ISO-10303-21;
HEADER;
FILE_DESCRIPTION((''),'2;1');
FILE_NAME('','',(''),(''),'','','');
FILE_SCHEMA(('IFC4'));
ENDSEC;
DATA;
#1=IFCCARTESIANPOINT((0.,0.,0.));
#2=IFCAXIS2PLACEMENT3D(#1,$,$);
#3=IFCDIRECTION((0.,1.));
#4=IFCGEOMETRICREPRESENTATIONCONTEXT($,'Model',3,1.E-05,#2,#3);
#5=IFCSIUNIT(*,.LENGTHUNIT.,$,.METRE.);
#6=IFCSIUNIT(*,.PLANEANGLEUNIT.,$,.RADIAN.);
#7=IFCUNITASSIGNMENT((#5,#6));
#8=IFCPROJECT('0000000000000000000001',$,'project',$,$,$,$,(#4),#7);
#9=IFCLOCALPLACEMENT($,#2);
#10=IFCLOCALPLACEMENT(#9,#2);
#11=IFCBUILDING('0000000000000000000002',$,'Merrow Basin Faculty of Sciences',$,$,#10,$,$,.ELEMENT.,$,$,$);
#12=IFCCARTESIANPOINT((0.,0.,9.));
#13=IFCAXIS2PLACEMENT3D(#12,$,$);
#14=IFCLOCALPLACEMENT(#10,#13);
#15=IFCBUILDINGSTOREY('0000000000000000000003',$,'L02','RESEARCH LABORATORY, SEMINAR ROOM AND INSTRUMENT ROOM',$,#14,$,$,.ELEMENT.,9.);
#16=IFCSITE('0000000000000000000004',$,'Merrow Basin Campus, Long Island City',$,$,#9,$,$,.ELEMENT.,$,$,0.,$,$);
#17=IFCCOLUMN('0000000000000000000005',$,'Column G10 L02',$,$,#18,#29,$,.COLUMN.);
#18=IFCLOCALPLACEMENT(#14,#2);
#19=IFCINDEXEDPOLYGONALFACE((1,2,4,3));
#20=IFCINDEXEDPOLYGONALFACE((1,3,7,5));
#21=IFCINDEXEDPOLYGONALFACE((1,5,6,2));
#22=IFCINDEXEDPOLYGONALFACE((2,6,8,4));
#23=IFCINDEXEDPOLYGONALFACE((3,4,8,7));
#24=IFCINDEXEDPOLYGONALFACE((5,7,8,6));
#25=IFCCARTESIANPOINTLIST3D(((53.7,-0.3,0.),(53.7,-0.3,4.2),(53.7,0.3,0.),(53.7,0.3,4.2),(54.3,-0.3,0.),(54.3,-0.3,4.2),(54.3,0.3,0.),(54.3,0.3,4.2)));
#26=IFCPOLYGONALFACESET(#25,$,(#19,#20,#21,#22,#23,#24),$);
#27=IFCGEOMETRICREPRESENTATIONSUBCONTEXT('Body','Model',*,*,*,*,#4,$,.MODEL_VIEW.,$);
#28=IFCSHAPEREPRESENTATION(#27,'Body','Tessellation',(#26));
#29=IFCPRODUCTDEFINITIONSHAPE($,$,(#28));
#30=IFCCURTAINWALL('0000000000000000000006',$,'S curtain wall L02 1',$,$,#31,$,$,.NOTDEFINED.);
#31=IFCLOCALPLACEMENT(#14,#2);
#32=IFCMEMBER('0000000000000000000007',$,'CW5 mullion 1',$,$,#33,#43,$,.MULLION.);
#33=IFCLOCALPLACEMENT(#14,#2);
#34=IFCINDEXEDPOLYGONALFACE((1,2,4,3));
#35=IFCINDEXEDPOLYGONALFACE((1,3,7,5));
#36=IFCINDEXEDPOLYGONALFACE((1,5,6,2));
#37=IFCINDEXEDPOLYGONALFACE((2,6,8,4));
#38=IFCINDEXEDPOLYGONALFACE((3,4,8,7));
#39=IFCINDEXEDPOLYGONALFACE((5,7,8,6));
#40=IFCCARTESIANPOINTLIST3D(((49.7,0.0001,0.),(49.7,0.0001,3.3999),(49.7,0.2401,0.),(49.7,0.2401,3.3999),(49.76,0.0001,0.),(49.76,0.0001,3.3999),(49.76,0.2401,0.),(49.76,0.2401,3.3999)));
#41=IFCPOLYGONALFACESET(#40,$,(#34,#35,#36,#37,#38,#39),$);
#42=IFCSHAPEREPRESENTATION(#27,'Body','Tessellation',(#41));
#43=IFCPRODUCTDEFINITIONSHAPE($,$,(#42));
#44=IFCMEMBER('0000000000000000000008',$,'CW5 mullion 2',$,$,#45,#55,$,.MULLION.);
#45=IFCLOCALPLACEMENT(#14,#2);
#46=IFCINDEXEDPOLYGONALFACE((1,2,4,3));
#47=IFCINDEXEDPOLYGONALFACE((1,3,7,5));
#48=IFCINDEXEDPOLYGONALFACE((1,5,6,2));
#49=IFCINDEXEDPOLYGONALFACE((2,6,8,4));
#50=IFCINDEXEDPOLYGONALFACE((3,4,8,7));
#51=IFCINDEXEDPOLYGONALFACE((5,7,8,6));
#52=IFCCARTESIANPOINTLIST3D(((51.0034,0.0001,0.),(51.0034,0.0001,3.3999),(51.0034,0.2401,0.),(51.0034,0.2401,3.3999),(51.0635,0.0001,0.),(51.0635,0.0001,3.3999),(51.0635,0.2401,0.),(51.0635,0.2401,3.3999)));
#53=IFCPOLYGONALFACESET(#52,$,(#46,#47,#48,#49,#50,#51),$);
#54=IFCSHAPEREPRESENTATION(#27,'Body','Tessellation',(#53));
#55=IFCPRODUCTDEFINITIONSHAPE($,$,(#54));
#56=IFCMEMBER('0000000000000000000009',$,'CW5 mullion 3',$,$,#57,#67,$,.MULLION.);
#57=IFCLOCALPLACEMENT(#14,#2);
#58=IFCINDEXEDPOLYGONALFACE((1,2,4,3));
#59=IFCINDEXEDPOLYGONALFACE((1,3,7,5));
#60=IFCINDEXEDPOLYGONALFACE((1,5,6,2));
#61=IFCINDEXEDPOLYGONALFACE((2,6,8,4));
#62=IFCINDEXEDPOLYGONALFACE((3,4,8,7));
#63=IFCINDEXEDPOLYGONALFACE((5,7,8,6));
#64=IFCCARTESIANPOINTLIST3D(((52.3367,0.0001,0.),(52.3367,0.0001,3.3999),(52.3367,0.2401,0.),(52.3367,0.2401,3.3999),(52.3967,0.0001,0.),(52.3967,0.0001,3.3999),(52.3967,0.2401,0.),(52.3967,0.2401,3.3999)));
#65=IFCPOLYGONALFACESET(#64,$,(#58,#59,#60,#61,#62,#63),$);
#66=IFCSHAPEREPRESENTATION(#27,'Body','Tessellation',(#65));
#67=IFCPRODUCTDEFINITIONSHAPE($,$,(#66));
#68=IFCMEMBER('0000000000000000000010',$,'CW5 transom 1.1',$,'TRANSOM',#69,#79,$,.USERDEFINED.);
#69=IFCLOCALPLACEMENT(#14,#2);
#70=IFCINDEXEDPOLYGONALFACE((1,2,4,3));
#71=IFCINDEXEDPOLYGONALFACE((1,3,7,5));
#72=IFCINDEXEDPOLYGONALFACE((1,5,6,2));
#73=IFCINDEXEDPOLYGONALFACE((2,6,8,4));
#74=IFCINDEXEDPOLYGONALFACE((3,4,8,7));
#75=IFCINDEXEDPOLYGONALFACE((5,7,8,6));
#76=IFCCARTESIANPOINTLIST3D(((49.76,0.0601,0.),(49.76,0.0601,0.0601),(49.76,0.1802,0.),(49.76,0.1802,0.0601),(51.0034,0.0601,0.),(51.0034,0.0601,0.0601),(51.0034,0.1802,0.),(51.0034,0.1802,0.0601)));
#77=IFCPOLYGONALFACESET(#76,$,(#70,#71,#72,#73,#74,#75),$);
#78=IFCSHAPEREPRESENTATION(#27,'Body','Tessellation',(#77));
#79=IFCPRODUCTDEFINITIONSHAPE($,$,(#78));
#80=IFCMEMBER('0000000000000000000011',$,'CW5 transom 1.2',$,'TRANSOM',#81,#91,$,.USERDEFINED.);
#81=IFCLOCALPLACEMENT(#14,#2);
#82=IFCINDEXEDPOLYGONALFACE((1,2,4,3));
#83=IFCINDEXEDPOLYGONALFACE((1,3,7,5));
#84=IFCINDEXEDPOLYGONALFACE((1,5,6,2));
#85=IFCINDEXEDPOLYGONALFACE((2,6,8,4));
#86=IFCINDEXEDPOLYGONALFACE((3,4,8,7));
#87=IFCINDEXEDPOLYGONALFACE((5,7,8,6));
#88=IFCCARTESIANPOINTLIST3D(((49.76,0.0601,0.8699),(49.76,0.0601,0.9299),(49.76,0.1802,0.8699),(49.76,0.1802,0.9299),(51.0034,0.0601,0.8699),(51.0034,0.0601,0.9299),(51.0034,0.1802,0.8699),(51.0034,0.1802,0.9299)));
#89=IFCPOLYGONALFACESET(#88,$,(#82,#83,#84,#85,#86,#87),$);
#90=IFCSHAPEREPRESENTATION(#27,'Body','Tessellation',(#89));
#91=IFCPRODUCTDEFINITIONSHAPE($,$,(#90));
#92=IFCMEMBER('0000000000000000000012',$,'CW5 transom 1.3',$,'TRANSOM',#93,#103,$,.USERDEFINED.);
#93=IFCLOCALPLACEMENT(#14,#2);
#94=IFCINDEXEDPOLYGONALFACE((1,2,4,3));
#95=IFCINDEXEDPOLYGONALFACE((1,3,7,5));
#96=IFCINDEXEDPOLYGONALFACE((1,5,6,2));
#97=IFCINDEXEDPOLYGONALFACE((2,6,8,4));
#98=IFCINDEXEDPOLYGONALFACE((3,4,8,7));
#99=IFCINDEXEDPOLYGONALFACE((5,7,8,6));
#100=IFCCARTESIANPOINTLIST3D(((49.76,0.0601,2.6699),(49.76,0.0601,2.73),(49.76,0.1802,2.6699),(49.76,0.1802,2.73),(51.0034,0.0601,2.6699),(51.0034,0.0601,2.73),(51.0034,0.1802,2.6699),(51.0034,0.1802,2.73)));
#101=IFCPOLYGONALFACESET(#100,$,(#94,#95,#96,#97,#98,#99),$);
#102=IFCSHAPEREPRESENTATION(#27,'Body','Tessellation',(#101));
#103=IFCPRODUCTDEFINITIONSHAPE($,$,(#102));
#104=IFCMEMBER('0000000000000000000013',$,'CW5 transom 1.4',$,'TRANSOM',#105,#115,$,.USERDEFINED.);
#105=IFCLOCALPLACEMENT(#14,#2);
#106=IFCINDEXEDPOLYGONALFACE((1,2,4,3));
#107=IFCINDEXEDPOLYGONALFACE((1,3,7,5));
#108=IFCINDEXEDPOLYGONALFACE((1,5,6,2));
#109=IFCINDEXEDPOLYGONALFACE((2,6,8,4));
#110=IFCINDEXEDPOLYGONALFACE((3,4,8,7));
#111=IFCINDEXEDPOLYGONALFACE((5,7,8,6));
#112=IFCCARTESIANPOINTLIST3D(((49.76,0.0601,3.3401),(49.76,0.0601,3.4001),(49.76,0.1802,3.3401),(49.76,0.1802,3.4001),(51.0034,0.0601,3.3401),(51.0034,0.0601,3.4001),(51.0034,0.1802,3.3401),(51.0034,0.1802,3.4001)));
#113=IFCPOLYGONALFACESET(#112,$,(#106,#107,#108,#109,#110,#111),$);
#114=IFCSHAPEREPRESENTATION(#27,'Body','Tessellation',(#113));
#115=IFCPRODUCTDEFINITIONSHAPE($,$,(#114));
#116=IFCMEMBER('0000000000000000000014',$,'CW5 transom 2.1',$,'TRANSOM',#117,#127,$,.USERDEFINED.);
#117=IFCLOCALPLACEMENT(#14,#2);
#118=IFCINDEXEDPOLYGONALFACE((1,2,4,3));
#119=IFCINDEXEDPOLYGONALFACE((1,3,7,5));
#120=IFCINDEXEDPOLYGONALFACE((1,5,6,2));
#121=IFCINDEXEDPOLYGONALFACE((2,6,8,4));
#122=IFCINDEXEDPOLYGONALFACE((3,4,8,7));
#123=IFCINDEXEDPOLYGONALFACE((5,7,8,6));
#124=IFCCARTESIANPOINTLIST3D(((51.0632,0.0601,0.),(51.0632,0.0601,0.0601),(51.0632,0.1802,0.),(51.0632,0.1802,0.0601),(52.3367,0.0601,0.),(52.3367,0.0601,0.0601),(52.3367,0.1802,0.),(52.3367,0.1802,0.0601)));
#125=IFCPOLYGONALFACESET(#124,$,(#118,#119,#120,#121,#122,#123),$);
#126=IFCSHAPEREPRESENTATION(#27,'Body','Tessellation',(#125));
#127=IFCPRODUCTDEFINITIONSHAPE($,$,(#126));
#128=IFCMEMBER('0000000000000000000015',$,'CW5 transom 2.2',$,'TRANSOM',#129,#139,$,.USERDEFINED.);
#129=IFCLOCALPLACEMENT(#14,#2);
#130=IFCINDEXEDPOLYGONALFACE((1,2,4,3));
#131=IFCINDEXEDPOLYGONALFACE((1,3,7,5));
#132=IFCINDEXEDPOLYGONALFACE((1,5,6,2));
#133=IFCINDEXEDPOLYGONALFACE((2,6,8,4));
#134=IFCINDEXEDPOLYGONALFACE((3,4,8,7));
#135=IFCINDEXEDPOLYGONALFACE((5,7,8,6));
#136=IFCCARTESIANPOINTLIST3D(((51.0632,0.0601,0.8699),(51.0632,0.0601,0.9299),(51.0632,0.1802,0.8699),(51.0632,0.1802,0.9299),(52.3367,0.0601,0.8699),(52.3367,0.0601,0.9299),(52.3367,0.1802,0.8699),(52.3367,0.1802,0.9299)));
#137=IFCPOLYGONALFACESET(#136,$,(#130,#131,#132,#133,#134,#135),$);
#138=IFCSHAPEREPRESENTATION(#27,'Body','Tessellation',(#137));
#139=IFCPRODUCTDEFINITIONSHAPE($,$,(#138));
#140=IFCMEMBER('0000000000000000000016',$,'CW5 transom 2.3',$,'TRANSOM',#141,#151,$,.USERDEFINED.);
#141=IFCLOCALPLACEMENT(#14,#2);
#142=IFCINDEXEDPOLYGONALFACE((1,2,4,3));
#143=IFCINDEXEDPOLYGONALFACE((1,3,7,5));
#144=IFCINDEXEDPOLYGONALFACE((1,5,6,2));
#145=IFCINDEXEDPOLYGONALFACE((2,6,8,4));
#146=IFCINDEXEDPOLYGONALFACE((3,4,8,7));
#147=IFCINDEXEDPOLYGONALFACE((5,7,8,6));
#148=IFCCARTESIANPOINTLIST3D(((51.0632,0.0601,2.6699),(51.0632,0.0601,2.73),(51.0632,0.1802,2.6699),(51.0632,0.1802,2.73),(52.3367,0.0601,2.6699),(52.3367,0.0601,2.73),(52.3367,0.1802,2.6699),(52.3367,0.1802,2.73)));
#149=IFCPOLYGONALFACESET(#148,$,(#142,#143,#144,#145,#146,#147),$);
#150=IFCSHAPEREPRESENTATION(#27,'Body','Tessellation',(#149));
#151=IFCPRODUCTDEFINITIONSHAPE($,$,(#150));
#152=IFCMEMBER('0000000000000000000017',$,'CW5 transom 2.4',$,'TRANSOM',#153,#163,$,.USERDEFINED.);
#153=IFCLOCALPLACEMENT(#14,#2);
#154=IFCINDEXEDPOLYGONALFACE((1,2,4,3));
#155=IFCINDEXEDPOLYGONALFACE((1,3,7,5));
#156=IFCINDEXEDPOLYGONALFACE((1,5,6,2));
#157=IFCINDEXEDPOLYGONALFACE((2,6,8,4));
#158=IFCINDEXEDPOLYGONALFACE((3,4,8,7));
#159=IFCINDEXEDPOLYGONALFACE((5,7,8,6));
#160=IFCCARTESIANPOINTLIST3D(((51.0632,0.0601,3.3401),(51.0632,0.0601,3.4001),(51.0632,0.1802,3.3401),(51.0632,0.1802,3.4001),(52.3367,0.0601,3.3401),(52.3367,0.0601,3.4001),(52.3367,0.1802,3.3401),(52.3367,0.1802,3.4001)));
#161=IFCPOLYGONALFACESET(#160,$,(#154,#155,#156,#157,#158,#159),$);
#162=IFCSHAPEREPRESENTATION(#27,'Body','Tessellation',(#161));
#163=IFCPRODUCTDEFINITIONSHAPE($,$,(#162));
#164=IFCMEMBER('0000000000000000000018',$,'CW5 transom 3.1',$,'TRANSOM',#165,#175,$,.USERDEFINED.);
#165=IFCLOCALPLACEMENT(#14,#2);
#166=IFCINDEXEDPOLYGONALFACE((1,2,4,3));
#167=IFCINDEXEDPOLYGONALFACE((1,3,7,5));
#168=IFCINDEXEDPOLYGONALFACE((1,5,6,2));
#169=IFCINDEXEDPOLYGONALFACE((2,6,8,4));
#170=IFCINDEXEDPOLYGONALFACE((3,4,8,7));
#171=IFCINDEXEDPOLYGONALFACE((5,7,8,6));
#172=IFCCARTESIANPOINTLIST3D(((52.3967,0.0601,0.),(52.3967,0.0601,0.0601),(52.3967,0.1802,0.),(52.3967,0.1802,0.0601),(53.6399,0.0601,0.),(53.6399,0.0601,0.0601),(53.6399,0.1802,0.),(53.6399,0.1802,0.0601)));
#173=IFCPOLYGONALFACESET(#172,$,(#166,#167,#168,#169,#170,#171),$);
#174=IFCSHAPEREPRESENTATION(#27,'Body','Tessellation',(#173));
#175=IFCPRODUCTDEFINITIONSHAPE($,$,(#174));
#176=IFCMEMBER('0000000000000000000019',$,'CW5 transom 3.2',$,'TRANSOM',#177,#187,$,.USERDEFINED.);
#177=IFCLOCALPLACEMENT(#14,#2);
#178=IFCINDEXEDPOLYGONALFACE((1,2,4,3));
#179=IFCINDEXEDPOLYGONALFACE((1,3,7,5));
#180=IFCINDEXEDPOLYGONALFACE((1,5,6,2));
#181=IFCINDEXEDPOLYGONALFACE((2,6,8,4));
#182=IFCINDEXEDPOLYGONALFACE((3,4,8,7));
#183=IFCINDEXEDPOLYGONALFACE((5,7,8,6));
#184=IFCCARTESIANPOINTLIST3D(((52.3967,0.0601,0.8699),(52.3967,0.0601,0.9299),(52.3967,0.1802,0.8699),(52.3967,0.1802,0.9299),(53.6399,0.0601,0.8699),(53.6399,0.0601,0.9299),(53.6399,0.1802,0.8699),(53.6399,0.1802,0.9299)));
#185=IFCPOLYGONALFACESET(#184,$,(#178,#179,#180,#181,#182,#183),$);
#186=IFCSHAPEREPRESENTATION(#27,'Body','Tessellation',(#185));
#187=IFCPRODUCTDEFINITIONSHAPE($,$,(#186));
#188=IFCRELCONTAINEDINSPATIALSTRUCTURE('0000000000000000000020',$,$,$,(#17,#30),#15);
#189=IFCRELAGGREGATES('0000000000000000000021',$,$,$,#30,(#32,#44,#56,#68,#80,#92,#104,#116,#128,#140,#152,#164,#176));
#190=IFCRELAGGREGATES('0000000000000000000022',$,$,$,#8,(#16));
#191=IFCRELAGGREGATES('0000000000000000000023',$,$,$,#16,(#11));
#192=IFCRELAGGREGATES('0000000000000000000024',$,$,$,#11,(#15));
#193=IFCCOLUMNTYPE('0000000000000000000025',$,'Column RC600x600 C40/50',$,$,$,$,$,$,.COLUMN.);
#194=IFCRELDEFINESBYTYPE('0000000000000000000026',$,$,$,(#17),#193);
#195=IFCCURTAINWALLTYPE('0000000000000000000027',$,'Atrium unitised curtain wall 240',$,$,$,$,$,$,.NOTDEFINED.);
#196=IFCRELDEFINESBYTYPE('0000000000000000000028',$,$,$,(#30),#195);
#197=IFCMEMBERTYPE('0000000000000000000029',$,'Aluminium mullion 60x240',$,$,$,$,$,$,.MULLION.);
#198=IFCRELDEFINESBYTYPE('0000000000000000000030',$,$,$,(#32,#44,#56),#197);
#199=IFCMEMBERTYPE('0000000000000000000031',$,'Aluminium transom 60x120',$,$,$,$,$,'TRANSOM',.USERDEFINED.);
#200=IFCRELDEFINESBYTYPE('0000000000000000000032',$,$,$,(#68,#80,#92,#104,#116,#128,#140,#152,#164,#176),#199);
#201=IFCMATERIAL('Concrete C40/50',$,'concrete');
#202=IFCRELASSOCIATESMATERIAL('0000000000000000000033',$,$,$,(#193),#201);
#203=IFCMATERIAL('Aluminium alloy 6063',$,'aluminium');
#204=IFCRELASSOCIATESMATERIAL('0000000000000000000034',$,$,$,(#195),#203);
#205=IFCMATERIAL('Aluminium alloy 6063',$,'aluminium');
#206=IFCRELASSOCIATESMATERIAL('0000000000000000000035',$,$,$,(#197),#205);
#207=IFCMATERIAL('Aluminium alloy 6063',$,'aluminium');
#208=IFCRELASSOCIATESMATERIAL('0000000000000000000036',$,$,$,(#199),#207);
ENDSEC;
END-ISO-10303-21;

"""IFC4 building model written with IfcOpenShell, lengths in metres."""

from ifc_helpers import new_model, si_unit, direction, frame, origin, origin_2d, place, context, subcontext, project, spatial, rectangle, extrude, material, material_profile, profile_set, type_object, element, aggregate, save


model = new_model("IFC4")

# Units and contexts
model_context = context("Model", 3, precision=1e-05, world=origin(), true_north=direction((0.0, 1.0)))
body_context = subcontext(model_context, "Body", "Model", "MODEL_VIEW")
ifc_project = project(units=[si_unit("LENGTHUNIT", "METRE"), si_unit("PLANEANGLEUNIT", "RADIAN")], contexts=[model_context])

# Site, building, storey
site_placement = place(None, origin())
site = spatial("IfcSite", under=ifc_project, at=site_placement, Name="Merrow Basin Campus, Long Island City", CompositionType="ELEMENT", RefElevation=0.0)
building_placement = place(site_placement, origin())
building = spatial("IfcBuilding", under=site, at=building_placement, Name="Merrow Basin Faculty of Sciences", CompositionType="ELEMENT")
storey_placement = place(building_placement, frame((0.0, 0.0, 9.0)))
storey = spatial("IfcBuildingStorey", under=building, at=storey_placement, Name="L02", Description="RESEARCH LABORATORY, SEMINAR ROOM AND INSTRUMENT ROOM", CompositionType="ELEMENT", Elevation=9.0)

# Column
ifc_material_1 = material(Name="Concrete C40/50", Category="concrete")
ifc_material_profile_1 = material_profile(ifc_material_1, rectangle(XDim=0.6001, YDim=0.6001, at=origin_2d()))
ifc_profile_set_1 = profile_set([ifc_material_profile_1], Name="Concrete C40/50")
column_type = type_object("IfcColumnType", Name="Column RC600x600 C40/50", PredefinedType="COLUMN", material=ifc_profile_set_1)
column_placement = place(storey_placement, frame((54.0, 0.0, 0.0), z_axis=(0.0, 0.0, 1.0), x_axis=(1.0, 0.0, 0.0)))
element("IfcColumn", 1, at=column_placement, inside=storey, type_object=column_type, Name="Column G10 L02", PredefinedType="COLUMN", context=body_context, shape_type="SweptSolid", body=[
    extrude(rectangle(XDim=0.6001, YDim=0.6001, at=origin_2d()), origin(), (0.0, 0.0, 1.0), 4.2),
])

# Curtain wall, members
ifc_material_2 = material(Name="Aluminium alloy 6063", Category="aluminium")
curtain_wall_type = type_object("IfcCurtainWallType", Name="Atrium unitised curtain wall 240", PredefinedType="NOTDEFINED", material=ifc_material_2)
curtain_wall_placement = place(storey_placement, origin())
curtain_wall = element("IfcCurtainWall", 2, at=curtain_wall_placement, inside=storey, type_object=curtain_wall_type, Name="S curtain wall L02 1", PredefinedType="NOTDEFINED")
ifc_material_3 = material(Name="Aluminium alloy 6063", Category="aluminium")
ifc_material_profile_2 = material_profile(ifc_material_3, rectangle(XDim=0.24, YDim=0.0601, at=origin_2d()))
ifc_profile_set_2 = profile_set([ifc_material_profile_2], Name="Aluminium alloy 6063")
member_type_1 = type_object("IfcMemberType", Name="Aluminium mullion 60x240", PredefinedType="MULLION", material=ifc_profile_set_2)
member_1_placement = place(storey_placement, frame((49.73, 0.1201, 0.0), z_axis=(0.0, 0.0, 1.0), x_axis=(0.0, 1.0, 0.0)))
member_1 = element("IfcMember", 3, at=member_1_placement, type_object=member_type_1, Name="CW5 mullion 1", PredefinedType="MULLION", context=body_context, shape_type="SweptSolid", body=[
    extrude(rectangle(XDim=0.24, YDim=0.0601, at=origin_2d()), origin(), (0.0, 0.0, 1.0), 3.3999),
])
member_2_placement = place(storey_placement, frame((51.0334, 0.1201, 0.0), z_axis=(0.0, 0.0, 1.0), x_axis=(0.0, 1.0, 0.0)))
member_2 = element("IfcMember", 4, at=member_2_placement, type_object=member_type_1, Name="CW5 mullion 2", PredefinedType="MULLION", context=body_context, shape_type="SweptSolid", body=[
    extrude(rectangle(XDim=0.24, YDim=0.0601, at=origin_2d()), origin(), (0.0, 0.0, 1.0), 3.3999),
])
member_3_placement = place(storey_placement, frame((52.3667, 0.1201, 0.0), z_axis=(0.0, 0.0, 1.0), x_axis=(0.0, 1.0, 0.0)))
member_3 = element("IfcMember", 5, at=member_3_placement, type_object=member_type_1, Name="CW5 mullion 3", PredefinedType="MULLION", context=body_context, shape_type="SweptSolid", body=[
    extrude(rectangle(XDim=0.24, YDim=0.0601, at=origin_2d()), origin(), (0.0, 0.0, 1.0), 3.3999),
])
ifc_material_4 = material(Name="Aluminium alloy 6063", Category="aluminium")
ifc_material_profile_3 = material_profile(ifc_material_4, rectangle(XDim=0.1201, YDim=0.0601, at=origin_2d()))
ifc_profile_set_3 = profile_set([ifc_material_profile_3], Name="Aluminium alloy 6063")
member_type_2 = type_object("IfcMemberType", Name="Aluminium transom 60x120", ElementType="TRANSOM", PredefinedType="USERDEFINED", material=ifc_profile_set_3)
member_4_placement = place(storey_placement, frame((49.76, 0.1201, 0.03), z_axis=(1.0, 0.0, 0.0), x_axis=(0.0, 1.0, 0.0)))
member_4 = element("IfcMember", 6, at=member_4_placement, type_object=member_type_2, Name="CW5 transom 1.1", ObjectType="TRANSOM", PredefinedType="USERDEFINED", context=body_context, shape_type="SweptSolid", body=[
    extrude(rectangle(XDim=0.1201, YDim=0.0601, at=origin_2d()), origin(), (0.0, 0.0, 1.0), 1.2434),
])
member_5_placement = place(storey_placement, frame((49.76, 0.1201, 0.8999), z_axis=(1.0, 0.0, 0.0), x_axis=(0.0, 1.0, 0.0)))
member_5 = element("IfcMember", 7, at=member_5_placement, type_object=member_type_2, Name="CW5 transom 1.2", ObjectType="TRANSOM", PredefinedType="USERDEFINED", context=body_context, shape_type="SweptSolid", body=[
    extrude(rectangle(XDim=0.1201, YDim=0.0601, at=origin_2d()), origin(), (0.0, 0.0, 1.0), 1.2434),
])
member_6_placement = place(storey_placement, frame((49.76, 0.1201, 2.7), z_axis=(1.0, 0.0, 0.0), x_axis=(0.0, 1.0, 0.0)))
member_6 = element("IfcMember", 8, at=member_6_placement, type_object=member_type_2, Name="CW5 transom 1.3", ObjectType="TRANSOM", PredefinedType="USERDEFINED", context=body_context, shape_type="SweptSolid", body=[
    extrude(rectangle(XDim=0.1201, YDim=0.0601, at=origin_2d()), origin(), (0.0, 0.0, 1.0), 1.2434),
])
member_7_placement = place(storey_placement, frame((49.76, 0.1201, 3.3701), z_axis=(1.0, 0.0, 0.0), x_axis=(0.0, 1.0, 0.0)))
member_7 = element("IfcMember", 9, at=member_7_placement, type_object=member_type_2, Name="CW5 transom 1.4", ObjectType="TRANSOM", PredefinedType="USERDEFINED", context=body_context, shape_type="SweptSolid", body=[
    extrude(rectangle(XDim=0.1201, YDim=0.0601, at=origin_2d()), origin(), (0.0, 0.0, 1.0), 1.2434),
])
member_8_placement = place(storey_placement, frame((51.0632, 0.1201, 0.03), z_axis=(1.0, 0.0, 0.0), x_axis=(0.0, 1.0, 0.0)))
member_8 = element("IfcMember", 10, at=member_8_placement, type_object=member_type_2, Name="CW5 transom 2.1", ObjectType="TRANSOM", PredefinedType="USERDEFINED", context=body_context, shape_type="SweptSolid", body=[
    extrude(rectangle(XDim=0.1201, YDim=0.0601, at=origin_2d()), origin(), (0.0, 0.0, 1.0), 1.2734),
])
member_9_placement = place(storey_placement, frame((51.0632, 0.1201, 0.8999), z_axis=(1.0, 0.0, 0.0), x_axis=(0.0, 1.0, 0.0)))
member_9 = element("IfcMember", 11, at=member_9_placement, type_object=member_type_2, Name="CW5 transom 2.2", ObjectType="TRANSOM", PredefinedType="USERDEFINED", context=body_context, shape_type="SweptSolid", body=[
    extrude(rectangle(XDim=0.1201, YDim=0.0601, at=origin_2d()), origin(), (0.0, 0.0, 1.0), 1.2734),
])
member_10_placement = place(storey_placement, frame((51.0632, 0.1201, 2.7), z_axis=(1.0, 0.0, 0.0), x_axis=(0.0, 1.0, 0.0)))
member_10 = element("IfcMember", 12, at=member_10_placement, type_object=member_type_2, Name="CW5 transom 2.3", ObjectType="TRANSOM", PredefinedType="USERDEFINED", context=body_context, shape_type="SweptSolid", body=[
    extrude(rectangle(XDim=0.1201, YDim=0.0601, at=origin_2d()), origin(), (0.0, 0.0, 1.0), 1.2734),
])
member_11_placement = place(storey_placement, frame((51.0632, 0.1201, 3.3701), z_axis=(1.0, 0.0, 0.0), x_axis=(0.0, 1.0, 0.0)))
member_11 = element("IfcMember", 13, at=member_11_placement, type_object=member_type_2, Name="CW5 transom 2.4", ObjectType="TRANSOM", PredefinedType="USERDEFINED", context=body_context, shape_type="SweptSolid", body=[
    extrude(rectangle(XDim=0.1201, YDim=0.0601, at=origin_2d()), origin(), (0.0, 0.0, 1.0), 1.2734),
])
member_12_placement = place(storey_placement, frame((52.3967, 0.1201, 0.03), z_axis=(1.0, 0.0, 0.0), x_axis=(0.0, 1.0, 0.0)))
member_12 = element("IfcMember", 14, at=member_12_placement, type_object=member_type_2, Name="CW5 transom 3.1", ObjectType="TRANSOM", PredefinedType="USERDEFINED", context=body_context, shape_type="SweptSolid", body=[
    extrude(rectangle(XDim=0.1201, YDim=0.0601, at=origin_2d()), origin(), (0.0, 0.0, 1.0), 1.2432),
])
member_13_placement = place(storey_placement, frame((52.3967, 0.1201, 0.8999), z_axis=(1.0, 0.0, 0.0), x_axis=(0.0, 1.0, 0.0)))
member_13 = element("IfcMember", 15, at=member_13_placement, type_object=member_type_2, Name="CW5 transom 3.2", ObjectType="TRANSOM", PredefinedType="USERDEFINED", context=body_context, shape_type="SweptSolid", body=[
    extrude(rectangle(XDim=0.1201, YDim=0.0601, at=origin_2d()), origin(), (0.0, 0.0, 1.0), 1.2432),
])

aggregate(curtain_wall, [member_1, member_2, member_3, member_4, member_5, member_6, member_7, member_8, member_9, member_10, member_11, member_12, member_13])

save(model, "model.ifc")
